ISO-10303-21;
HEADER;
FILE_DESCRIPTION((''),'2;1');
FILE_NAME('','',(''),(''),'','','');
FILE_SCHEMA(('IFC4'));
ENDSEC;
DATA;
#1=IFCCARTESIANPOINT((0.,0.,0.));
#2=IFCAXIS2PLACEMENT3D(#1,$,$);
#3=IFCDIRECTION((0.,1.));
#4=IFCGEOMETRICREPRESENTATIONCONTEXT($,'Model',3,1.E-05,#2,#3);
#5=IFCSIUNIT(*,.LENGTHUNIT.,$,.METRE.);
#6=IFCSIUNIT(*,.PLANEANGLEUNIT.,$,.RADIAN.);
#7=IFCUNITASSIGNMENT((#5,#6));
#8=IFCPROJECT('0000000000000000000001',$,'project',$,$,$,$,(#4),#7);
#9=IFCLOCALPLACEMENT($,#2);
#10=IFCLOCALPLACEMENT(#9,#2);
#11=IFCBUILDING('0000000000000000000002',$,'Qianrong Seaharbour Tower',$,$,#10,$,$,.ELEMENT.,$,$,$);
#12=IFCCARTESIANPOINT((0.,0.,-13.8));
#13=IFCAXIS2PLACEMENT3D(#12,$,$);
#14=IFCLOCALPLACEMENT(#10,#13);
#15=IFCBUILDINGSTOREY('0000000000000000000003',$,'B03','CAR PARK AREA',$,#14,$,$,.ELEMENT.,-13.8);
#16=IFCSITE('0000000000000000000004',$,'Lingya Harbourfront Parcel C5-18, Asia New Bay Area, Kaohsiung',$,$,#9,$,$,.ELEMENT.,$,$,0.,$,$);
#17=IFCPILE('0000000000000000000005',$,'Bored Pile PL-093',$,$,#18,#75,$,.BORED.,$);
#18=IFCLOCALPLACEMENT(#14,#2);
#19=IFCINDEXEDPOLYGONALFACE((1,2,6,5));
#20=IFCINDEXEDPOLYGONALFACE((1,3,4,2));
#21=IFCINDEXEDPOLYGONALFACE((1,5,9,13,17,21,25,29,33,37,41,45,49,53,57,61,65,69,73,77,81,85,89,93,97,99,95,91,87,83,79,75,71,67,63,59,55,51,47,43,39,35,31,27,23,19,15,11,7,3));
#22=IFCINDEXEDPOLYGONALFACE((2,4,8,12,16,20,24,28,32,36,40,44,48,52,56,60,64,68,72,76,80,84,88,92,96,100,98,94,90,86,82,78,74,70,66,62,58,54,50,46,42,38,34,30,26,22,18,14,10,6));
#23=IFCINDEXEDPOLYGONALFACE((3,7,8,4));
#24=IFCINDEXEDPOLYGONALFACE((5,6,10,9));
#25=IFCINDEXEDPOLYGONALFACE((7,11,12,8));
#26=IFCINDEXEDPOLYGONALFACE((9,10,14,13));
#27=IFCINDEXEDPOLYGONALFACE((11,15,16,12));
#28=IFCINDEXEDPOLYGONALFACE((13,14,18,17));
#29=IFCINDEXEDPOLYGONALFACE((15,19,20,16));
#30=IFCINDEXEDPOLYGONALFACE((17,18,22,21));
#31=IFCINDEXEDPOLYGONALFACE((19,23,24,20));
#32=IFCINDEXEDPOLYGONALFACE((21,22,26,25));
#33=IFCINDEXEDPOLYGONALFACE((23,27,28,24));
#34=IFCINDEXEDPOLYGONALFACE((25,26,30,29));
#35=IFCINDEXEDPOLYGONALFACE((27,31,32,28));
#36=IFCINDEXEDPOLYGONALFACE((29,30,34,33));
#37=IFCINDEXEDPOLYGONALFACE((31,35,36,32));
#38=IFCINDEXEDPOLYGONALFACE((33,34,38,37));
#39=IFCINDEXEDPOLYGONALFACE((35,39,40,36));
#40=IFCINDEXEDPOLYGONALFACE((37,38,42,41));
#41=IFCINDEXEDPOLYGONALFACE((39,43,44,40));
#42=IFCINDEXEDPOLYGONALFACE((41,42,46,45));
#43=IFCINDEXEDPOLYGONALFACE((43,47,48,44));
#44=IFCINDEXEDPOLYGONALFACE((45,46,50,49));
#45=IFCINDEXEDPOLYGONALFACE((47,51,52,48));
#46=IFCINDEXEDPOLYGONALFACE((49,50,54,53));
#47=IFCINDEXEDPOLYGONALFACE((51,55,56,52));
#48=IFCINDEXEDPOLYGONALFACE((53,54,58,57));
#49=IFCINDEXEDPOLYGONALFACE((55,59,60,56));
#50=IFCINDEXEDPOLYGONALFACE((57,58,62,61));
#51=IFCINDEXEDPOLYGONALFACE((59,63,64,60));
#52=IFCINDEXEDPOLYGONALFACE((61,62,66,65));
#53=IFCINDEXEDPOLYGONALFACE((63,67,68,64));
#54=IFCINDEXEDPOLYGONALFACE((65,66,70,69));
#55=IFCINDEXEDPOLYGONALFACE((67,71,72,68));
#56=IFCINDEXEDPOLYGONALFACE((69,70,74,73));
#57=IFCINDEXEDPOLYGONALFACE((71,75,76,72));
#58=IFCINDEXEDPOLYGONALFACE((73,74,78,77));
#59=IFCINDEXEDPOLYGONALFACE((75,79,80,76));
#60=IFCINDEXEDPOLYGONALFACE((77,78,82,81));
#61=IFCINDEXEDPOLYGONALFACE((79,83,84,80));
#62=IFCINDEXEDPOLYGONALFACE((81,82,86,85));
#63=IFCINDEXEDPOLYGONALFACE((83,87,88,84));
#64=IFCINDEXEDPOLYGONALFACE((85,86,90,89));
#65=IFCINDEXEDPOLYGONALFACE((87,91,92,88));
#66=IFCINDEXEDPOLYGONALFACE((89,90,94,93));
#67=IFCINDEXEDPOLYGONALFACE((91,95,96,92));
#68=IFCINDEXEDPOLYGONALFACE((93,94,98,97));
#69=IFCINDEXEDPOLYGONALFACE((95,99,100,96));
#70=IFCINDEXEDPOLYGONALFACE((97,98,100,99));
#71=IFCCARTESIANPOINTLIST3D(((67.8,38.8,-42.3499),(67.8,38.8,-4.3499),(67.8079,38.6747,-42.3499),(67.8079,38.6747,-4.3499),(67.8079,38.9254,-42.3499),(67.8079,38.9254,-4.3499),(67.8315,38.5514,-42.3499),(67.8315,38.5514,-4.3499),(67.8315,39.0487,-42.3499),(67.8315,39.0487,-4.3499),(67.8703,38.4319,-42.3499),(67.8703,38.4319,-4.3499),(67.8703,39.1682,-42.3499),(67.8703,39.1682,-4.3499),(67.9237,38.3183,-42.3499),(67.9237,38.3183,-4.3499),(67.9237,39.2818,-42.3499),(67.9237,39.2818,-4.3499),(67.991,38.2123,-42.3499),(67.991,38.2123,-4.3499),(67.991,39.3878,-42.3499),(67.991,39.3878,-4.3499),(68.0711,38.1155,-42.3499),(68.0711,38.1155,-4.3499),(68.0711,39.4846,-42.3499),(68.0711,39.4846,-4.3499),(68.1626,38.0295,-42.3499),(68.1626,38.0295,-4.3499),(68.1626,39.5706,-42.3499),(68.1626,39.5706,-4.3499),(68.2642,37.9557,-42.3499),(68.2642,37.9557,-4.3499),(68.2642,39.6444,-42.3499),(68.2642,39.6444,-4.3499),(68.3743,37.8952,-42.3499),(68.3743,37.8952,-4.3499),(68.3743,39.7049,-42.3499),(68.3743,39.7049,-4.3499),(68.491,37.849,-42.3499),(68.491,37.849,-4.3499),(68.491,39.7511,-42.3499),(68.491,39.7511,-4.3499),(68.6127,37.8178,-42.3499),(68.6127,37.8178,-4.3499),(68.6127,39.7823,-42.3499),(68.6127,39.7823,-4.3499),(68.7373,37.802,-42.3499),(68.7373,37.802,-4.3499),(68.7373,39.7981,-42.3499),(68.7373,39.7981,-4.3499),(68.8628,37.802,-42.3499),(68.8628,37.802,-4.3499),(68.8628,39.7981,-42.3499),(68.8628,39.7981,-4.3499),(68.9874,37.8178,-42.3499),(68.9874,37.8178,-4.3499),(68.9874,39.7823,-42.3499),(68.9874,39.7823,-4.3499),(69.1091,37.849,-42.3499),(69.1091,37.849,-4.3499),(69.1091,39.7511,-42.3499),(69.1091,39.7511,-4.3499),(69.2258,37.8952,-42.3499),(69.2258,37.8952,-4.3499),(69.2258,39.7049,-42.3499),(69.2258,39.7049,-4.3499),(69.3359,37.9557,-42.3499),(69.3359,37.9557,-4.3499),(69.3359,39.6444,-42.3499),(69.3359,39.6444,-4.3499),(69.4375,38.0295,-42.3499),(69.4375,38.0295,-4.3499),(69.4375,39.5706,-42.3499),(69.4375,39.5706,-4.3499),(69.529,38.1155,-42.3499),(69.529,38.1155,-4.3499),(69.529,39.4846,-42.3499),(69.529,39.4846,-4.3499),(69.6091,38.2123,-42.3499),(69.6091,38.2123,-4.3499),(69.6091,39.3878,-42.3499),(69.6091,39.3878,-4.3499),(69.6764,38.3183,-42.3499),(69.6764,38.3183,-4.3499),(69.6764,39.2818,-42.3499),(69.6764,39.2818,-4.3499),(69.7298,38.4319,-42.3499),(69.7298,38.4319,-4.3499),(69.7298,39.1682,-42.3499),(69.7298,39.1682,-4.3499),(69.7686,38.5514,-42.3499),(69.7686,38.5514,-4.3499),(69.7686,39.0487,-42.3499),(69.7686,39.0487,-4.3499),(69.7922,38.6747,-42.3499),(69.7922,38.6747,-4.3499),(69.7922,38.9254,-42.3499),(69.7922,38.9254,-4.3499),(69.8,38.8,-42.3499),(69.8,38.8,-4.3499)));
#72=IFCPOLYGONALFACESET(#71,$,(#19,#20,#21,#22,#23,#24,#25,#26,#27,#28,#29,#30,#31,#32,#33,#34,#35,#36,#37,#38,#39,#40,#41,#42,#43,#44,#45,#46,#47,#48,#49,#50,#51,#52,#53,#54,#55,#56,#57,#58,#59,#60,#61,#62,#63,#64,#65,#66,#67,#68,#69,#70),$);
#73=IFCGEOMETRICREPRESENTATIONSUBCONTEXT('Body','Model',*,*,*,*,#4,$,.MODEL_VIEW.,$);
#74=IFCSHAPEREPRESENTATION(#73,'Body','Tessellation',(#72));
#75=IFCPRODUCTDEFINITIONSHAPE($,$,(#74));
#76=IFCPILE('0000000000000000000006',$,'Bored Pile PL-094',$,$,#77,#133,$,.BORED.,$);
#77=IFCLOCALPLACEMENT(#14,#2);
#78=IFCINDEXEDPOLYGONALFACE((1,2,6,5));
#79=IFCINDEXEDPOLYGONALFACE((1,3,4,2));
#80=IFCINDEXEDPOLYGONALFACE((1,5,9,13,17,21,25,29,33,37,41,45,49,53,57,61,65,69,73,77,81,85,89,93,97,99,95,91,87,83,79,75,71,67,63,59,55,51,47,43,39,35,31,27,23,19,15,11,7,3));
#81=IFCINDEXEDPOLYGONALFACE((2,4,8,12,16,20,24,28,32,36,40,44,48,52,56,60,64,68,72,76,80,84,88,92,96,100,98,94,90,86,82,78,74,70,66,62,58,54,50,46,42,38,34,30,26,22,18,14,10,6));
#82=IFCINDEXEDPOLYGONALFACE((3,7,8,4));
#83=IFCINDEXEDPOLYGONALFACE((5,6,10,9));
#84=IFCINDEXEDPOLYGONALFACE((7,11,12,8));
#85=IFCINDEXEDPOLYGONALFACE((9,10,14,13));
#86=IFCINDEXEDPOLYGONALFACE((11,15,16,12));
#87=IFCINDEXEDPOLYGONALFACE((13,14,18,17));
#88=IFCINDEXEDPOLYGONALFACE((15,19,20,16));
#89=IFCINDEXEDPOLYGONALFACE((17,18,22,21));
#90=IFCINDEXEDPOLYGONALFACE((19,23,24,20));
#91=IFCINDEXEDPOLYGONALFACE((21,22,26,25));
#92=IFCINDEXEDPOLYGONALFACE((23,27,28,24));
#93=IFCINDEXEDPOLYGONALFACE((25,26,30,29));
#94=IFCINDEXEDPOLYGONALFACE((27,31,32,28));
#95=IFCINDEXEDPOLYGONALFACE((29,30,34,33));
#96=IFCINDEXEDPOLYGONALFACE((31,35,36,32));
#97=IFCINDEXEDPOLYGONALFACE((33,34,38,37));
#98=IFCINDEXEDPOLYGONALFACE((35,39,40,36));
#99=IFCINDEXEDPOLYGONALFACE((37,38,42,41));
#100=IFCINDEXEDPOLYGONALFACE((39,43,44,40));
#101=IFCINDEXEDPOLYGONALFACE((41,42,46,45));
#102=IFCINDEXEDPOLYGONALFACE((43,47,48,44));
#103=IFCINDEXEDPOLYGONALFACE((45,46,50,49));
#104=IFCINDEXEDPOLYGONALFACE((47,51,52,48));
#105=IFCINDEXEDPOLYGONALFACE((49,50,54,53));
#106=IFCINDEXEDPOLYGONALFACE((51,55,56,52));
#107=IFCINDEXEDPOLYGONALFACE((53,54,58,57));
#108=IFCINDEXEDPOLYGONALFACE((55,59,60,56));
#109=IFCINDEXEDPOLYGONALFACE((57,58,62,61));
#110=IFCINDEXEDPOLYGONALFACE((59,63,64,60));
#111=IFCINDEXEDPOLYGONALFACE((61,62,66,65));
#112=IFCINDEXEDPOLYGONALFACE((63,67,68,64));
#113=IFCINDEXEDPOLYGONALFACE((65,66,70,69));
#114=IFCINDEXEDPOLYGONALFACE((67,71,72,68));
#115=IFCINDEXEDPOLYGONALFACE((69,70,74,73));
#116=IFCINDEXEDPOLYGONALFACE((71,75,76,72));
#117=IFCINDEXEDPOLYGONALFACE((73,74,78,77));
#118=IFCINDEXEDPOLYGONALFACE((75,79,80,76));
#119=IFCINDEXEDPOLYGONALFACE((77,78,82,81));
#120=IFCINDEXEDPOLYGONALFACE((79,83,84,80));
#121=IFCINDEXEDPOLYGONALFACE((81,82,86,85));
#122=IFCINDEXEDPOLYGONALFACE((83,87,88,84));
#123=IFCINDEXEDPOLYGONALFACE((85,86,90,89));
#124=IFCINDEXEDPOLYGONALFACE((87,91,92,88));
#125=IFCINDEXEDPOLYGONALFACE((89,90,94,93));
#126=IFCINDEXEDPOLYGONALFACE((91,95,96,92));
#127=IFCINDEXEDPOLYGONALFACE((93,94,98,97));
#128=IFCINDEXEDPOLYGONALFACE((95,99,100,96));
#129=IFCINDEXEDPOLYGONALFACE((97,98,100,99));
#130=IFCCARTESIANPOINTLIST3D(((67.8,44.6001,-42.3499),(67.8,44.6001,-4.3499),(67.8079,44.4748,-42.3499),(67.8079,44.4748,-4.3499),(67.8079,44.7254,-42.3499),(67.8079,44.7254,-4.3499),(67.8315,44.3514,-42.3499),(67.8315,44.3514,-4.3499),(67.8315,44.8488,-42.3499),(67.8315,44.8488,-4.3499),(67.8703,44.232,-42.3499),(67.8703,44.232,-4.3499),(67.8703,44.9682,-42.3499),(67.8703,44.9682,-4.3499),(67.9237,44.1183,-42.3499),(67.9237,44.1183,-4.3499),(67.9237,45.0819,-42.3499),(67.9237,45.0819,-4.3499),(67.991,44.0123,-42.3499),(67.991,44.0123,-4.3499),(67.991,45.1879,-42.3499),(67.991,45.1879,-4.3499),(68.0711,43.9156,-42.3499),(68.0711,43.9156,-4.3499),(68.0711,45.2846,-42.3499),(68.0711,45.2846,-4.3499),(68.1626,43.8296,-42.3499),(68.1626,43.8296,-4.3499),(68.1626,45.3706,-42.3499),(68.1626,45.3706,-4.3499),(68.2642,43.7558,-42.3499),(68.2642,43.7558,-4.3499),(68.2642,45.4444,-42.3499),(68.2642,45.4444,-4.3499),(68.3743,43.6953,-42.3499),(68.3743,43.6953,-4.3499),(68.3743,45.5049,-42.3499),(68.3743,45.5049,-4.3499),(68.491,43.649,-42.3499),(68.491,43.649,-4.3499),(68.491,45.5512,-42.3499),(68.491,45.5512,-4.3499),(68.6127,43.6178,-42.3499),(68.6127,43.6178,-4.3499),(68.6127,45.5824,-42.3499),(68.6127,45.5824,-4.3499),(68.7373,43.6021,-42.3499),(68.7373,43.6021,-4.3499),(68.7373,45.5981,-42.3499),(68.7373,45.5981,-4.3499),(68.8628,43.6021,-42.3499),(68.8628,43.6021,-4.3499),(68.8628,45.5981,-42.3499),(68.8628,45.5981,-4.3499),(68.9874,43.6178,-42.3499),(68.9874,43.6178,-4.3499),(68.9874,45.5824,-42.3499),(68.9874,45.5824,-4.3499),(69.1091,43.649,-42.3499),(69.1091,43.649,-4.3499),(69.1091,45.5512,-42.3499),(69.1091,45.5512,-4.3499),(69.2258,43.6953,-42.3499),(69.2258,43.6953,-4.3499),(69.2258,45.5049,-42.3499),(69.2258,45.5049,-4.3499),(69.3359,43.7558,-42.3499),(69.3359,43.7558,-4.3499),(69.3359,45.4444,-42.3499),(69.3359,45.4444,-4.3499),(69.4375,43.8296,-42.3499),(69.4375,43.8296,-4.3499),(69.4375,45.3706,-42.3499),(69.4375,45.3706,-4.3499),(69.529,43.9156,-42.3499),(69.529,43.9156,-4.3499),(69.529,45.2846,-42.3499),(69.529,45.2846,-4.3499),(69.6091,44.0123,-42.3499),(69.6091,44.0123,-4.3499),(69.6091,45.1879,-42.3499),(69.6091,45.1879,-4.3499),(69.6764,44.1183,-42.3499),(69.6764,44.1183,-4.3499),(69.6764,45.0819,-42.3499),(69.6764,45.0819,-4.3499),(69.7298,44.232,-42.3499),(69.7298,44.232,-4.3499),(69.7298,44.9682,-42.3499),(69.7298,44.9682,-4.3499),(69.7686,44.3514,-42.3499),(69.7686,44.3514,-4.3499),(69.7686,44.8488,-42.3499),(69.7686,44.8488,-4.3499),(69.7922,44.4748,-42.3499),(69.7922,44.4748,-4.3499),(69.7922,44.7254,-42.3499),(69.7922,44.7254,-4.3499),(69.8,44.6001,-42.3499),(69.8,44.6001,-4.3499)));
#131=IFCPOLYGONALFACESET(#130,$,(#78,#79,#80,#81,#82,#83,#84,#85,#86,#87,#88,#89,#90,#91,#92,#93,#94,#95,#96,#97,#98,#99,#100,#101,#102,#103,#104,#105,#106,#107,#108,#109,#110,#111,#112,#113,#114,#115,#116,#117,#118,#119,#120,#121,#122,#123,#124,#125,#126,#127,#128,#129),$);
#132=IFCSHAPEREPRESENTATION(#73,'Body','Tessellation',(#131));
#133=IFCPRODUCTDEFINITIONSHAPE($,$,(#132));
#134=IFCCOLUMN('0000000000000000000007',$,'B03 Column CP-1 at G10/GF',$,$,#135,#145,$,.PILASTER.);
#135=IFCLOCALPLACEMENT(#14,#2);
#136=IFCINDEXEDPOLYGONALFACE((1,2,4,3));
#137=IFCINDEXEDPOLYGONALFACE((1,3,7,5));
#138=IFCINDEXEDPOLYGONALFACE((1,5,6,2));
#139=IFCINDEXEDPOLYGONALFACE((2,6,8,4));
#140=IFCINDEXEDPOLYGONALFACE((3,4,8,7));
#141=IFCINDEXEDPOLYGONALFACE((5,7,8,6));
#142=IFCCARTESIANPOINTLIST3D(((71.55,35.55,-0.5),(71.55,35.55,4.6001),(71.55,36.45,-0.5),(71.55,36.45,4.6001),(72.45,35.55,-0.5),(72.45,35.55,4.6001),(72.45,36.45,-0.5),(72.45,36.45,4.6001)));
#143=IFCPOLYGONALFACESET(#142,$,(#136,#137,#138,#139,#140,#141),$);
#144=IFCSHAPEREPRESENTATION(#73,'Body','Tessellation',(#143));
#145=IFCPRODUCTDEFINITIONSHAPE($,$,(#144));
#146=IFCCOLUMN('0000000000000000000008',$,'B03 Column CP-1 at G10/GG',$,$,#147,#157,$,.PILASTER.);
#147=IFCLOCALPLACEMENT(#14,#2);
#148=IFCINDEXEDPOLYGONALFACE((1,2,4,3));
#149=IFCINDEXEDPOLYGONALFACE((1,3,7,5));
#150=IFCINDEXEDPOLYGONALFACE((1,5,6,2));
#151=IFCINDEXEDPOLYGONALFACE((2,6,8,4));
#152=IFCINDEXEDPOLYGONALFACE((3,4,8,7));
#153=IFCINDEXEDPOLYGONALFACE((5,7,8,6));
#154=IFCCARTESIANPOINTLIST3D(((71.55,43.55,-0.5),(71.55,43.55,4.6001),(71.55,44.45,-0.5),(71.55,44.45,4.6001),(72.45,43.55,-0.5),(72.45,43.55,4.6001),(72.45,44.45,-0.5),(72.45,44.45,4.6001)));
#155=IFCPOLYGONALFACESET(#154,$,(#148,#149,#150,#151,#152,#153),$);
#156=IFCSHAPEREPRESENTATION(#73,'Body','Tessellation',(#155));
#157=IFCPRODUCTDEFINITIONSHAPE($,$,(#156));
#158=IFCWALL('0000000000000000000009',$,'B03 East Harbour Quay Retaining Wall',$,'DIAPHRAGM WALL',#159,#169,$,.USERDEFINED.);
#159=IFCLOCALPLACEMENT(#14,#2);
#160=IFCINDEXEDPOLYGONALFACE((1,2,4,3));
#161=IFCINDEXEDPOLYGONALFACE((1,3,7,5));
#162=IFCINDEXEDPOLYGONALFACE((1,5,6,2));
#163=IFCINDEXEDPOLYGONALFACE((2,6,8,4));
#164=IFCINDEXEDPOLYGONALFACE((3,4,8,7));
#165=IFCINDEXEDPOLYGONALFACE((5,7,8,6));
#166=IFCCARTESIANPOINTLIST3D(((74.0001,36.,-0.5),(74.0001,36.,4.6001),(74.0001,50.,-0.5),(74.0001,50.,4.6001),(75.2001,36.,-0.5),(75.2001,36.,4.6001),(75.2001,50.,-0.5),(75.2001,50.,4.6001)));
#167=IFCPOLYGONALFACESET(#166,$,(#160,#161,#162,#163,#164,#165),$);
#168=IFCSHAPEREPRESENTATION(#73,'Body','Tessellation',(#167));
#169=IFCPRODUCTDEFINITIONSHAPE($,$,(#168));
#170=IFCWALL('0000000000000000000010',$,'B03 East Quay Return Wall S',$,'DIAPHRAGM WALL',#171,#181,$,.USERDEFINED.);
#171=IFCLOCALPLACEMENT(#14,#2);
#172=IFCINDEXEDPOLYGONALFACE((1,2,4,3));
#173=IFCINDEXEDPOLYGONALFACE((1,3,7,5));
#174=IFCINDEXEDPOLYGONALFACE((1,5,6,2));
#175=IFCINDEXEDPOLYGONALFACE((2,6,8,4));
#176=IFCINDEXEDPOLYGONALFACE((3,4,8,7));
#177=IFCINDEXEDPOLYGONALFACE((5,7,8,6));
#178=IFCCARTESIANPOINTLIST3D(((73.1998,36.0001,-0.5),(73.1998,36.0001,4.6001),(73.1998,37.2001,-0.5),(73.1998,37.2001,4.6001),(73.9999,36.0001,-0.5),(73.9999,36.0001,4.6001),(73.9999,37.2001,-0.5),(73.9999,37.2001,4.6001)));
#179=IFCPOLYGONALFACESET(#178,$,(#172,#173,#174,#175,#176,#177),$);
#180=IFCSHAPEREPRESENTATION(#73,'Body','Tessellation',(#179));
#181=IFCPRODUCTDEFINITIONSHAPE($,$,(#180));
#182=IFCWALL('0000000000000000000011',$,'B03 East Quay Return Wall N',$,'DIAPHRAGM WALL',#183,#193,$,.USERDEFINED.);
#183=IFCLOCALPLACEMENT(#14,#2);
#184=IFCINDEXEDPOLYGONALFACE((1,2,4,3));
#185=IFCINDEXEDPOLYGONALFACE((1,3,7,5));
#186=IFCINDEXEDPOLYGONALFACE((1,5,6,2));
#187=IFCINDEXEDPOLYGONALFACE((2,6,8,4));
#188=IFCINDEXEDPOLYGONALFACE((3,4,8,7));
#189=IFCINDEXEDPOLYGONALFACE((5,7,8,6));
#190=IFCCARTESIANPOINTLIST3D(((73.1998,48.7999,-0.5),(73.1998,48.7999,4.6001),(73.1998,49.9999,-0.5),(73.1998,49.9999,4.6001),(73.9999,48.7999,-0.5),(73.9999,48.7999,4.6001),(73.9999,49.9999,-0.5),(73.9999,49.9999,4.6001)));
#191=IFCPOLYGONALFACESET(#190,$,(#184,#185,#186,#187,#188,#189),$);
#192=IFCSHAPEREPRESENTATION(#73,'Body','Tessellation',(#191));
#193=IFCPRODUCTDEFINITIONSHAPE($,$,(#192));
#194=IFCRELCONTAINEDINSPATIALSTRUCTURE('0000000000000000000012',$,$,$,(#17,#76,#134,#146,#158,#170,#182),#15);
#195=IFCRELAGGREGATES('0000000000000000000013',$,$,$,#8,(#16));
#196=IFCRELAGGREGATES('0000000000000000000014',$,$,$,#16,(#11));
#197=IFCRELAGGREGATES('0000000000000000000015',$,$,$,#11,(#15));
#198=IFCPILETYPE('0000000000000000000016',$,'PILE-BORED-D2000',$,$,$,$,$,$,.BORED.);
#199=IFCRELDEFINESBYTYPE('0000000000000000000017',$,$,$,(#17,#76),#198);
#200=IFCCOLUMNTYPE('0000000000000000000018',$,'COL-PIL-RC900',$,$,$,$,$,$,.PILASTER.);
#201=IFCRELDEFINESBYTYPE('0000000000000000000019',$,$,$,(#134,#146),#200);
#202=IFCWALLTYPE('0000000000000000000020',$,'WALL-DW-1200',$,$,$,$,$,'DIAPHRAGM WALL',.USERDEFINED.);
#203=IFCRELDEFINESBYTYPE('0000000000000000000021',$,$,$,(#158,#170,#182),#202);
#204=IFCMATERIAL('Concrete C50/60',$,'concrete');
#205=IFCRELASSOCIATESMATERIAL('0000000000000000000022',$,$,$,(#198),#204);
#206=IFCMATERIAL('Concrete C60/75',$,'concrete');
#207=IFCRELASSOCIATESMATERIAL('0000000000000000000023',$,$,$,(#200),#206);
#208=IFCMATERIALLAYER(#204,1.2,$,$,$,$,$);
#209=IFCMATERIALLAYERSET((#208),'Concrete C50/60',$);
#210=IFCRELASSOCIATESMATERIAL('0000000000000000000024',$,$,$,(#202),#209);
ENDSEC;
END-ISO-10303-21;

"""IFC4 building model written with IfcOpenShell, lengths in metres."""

from ifc_helpers import new_model, si_unit, direction, frame, frame_2d, origin, origin_2d, place, context, subcontext, project, spatial, rectangle, circle, extrude, material, layer, layer_set, material_profile, profile_set, type_object, element, save


model = new_model("IFC4")

# Units and contexts
model_context = context("Model", 3, precision=1e-05, world=origin(), true_north=direction((0.0, 1.0)))
body_context = subcontext(model_context, "Body", "Model", "MODEL_VIEW")
ifc_project = project(units=[si_unit("LENGTHUNIT", "METRE"), si_unit("PLANEANGLEUNIT", "RADIAN")], contexts=[model_context])

# Site, building, storey
site_placement = place(None, origin())
site = spatial("IfcSite", under=ifc_project, at=site_placement, Name="Lingya Harbourfront Parcel C5-18, Asia New Bay Area, Kaohsiung", CompositionType="ELEMENT", RefElevation=0.0)
building_placement = place(site_placement, origin())
building = spatial("IfcBuilding", under=site, at=building_placement, Name="Qianrong Seaharbour Tower", CompositionType="ELEMENT")
storey_placement = place(building_placement, frame((0.0, 0.0, -13.8)))
storey = spatial("IfcBuildingStorey", under=building, at=storey_placement, Name="B03", Description="CAR PARK AREA", CompositionType="ELEMENT", Elevation=-13.8)

# Piles
ifc_material_1 = material(Name="Concrete C50/60", Category="concrete")
ifc_material_profile_1 = material_profile(ifc_material_1, circle(Radius=1.0, at=origin_2d()), Name="PILE-D2000")
ifc_profile_set_1 = profile_set([ifc_material_profile_1], Name="Concrete C50/60")
pile_type = type_object("IfcPileType", Name="PILE-BORED-D2000", PredefinedType="BORED", material=ifc_profile_set_1)
for number, where, z_axis, x_axis, name in (
    (1, (68.8, 38.8, -4.3499), (0.0, 0.0, -1.0), (1.0, 0.0, 0.0), "Bored Pile PL-093"),
    (2, (68.8, 44.6001, -4.3499), (0.0, 0.0, -1.0), (1.0, 0.0, 0.0), "Bored Pile PL-094"),
):
    element("IfcPile", number, at=place(storey_placement, frame(where, z_axis=z_axis, x_axis=x_axis)), inside=storey, type_object=pile_type, Name=name, PredefinedType="BORED", context=body_context, shape_type="SweptSolid", body=[
        extrude(circle(Radius=1.0, at=origin_2d()), origin(), (0.0, 0.0, 1.0), 38.0),
    ])

# Columns
ifc_material_2 = material(Name="Concrete C60/75", Category="concrete")
ifc_material_profile_2 = material_profile(ifc_material_2, rectangle(XDim=0.8999, YDim=0.8999, at=origin_2d()), Name="RC900x900")
ifc_profile_set_2 = profile_set([ifc_material_profile_2], Name="Concrete C60/75")
column_type = type_object("IfcColumnType", Name="COL-PIL-RC900", PredefinedType="PILASTER", material=ifc_profile_set_2)
for number, where, z_axis, x_axis, name in (
    (3, (72.0, 36.0, -0.5), (0.0, 0.0, 1.0), (1.0, 0.0, 0.0), "B03 Column CP-1 at G10/GF"),
    (4, (72.0, 44.0, -0.5), (0.0, 0.0, 1.0), (1.0, 0.0, 0.0), "B03 Column CP-1 at G10/GG"),
):
    element("IfcColumn", number, at=place(storey_placement, frame(where, z_axis=z_axis, x_axis=x_axis)), inside=storey, type_object=column_type, Name=name, PredefinedType="PILASTER", context=body_context, shape_type="SweptSolid", body=[
        extrude(rectangle(XDim=0.8999, YDim=0.8999, at=origin_2d()), origin(), (0.0, 0.0, 1.0), 5.1001),
    ])

# Walls
ifc_layer_1 = layer(ifc_material_1, 1.2)
ifc_layer_set_1 = layer_set([ifc_layer_1], Name="Concrete C50/60")
wall_type_1 = type_object("IfcWallType", Name="WALL-DW-1200", ElementType="DIAPHRAGM WALL", PredefinedType="USERDEFINED", material=ifc_layer_set_1)
wall_1_placement = place(storey_placement, frame((74.6001, 36.0, -0.5), z_axis=(0.0, 0.0, 1.0), x_axis=(0.0, 1.0, 0.0)))
element("IfcWall", 5, at=wall_1_placement, inside=storey, type_object=wall_type_1, Name="B03 East Harbour Quay Retaining Wall", ObjectType="DIAPHRAGM WALL", PredefinedType="USERDEFINED", context=body_context, shape_type="SweptSolid", body=[
    extrude(rectangle(XDim=14.0, YDim=1.2, at=frame_2d((7.0, 0.0))), origin(), (0.0, 0.0, 1.0), 5.1001),
])
for number, where, z_axis, x_axis, name in (
    (6, (73.2, 36.6001, -0.5), (0.0, 0.0, 1.0), (1.0, 0.0, 0.0), "B03 East Quay Return Wall S"),
    (7, (73.2, 49.3999, -0.5), (0.0, 0.0, 1.0), (1.0, 0.0, 0.0), "B03 East Quay Return Wall N"),
):
    element("IfcWall", number, at=place(storey_placement, frame(where, z_axis=z_axis, x_axis=x_axis)), inside=storey, type_object=wall_type_1, Name=name, ObjectType="DIAPHRAGM WALL", PredefinedType="USERDEFINED", context=body_context, shape_type="SweptSolid", body=[
        extrude(rectangle(XDim=0.8, YDim=1.2, at=frame_2d((0.3999, 0.0))), origin(), (0.0, 0.0, 1.0), 5.1001),
    ])

save(model, "model.ifc")
